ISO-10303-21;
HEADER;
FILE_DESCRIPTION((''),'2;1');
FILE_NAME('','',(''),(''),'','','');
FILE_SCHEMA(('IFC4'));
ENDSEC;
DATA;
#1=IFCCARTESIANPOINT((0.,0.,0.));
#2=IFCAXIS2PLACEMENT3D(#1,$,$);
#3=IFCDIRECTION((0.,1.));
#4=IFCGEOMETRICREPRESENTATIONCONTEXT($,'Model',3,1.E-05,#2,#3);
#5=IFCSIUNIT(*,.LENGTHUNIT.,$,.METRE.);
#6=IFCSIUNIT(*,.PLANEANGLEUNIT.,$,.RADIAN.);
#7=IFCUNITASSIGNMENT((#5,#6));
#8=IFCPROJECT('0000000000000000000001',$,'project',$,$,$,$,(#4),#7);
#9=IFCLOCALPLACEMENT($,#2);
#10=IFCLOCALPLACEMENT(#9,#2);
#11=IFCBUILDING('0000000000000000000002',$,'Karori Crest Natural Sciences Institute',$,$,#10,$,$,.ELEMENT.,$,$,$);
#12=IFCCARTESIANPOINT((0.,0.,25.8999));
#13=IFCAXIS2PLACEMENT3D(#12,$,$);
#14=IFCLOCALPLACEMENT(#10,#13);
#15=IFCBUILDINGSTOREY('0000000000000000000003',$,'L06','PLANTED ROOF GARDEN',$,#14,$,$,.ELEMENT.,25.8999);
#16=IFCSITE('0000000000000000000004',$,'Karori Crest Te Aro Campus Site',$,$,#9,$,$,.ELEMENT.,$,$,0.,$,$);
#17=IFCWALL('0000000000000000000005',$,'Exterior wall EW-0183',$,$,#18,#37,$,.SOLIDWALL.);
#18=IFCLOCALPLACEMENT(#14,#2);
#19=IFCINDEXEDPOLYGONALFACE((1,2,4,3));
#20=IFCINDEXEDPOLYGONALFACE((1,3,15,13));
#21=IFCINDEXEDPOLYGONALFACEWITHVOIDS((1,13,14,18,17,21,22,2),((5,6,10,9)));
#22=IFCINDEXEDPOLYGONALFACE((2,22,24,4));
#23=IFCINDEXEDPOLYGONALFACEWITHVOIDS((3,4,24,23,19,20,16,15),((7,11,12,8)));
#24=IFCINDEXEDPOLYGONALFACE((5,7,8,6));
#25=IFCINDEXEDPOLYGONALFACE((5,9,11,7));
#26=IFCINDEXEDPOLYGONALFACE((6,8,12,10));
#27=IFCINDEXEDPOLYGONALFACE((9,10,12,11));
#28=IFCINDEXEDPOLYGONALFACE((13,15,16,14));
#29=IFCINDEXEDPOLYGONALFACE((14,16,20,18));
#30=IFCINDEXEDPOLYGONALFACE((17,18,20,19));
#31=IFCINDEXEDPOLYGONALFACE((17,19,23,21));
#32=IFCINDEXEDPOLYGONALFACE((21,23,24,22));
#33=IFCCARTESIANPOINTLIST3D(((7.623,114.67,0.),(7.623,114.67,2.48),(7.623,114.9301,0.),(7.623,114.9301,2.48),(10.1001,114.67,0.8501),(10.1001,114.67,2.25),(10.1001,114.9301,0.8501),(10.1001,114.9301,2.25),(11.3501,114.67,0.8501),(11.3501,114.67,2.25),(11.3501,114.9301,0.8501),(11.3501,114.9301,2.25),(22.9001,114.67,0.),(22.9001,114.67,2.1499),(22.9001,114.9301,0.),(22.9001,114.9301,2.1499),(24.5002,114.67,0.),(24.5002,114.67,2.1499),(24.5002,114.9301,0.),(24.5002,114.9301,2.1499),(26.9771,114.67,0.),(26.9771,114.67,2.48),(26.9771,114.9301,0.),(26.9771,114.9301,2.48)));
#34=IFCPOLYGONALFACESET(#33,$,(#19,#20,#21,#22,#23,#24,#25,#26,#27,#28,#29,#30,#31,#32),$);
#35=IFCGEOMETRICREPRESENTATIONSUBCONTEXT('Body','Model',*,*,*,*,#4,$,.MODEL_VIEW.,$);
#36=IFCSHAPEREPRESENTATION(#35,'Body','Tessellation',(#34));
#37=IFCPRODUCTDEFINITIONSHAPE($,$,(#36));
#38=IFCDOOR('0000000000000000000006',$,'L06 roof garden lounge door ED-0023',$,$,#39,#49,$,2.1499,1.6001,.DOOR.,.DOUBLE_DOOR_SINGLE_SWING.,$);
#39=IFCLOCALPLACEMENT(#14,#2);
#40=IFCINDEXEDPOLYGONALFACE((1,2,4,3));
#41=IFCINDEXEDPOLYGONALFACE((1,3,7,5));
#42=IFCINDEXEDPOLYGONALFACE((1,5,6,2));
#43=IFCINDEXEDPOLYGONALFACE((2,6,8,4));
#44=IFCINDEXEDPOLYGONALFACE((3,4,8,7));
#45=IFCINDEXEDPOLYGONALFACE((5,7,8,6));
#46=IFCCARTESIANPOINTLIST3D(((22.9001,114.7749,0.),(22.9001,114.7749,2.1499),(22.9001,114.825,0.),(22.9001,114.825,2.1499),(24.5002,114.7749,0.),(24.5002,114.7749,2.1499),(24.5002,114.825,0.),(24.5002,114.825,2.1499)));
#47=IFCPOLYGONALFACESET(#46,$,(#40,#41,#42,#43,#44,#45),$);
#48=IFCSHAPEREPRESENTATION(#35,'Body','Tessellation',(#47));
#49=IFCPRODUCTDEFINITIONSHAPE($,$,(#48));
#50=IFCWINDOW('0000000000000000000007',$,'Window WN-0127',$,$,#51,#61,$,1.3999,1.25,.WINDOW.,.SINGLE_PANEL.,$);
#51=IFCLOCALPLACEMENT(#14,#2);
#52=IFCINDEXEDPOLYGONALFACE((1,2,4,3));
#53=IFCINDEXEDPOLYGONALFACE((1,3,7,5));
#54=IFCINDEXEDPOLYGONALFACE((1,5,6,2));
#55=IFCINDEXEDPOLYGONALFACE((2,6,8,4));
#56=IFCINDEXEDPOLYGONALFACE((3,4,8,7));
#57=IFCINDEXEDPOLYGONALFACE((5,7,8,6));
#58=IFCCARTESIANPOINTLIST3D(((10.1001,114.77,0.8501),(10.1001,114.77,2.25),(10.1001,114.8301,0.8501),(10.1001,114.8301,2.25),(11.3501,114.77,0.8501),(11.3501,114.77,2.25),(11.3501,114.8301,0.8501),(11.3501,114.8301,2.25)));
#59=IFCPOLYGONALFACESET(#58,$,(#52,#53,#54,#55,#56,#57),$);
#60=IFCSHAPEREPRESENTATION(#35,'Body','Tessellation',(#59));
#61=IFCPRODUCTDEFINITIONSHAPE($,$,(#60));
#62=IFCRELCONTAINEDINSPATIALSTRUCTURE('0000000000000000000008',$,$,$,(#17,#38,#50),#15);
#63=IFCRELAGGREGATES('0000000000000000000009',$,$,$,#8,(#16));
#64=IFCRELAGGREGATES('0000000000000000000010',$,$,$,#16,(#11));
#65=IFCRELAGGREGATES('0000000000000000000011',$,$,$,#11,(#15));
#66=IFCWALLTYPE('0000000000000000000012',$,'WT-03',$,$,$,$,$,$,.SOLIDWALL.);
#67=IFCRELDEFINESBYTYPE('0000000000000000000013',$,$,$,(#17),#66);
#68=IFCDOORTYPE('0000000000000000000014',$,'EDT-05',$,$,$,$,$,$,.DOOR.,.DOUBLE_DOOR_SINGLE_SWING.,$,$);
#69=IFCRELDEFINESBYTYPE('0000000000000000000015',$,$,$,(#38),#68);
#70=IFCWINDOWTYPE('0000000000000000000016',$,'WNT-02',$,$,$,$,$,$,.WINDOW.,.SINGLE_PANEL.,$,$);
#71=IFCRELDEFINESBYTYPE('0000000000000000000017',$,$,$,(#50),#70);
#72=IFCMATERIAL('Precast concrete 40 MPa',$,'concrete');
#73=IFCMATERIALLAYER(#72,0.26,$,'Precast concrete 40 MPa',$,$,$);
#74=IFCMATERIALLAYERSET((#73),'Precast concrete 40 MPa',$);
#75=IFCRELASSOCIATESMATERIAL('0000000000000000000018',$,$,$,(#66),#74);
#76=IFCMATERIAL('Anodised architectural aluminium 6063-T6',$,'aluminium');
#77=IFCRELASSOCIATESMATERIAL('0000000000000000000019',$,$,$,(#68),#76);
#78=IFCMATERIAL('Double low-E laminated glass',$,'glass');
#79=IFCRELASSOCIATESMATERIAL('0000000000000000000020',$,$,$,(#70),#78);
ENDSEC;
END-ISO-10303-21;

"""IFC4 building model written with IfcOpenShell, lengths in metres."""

from ifc_helpers import new_model, si_unit, direction, frame, frame_2d, origin, place, context, subcontext, project, spatial, rectangle, extrude, material, layer, layer_set, type_object, element, fill, save


model = new_model("IFC4")

# Units and contexts
model_context = context("Model", 3, precision=1e-05, world=origin(), true_north=direction((0.0, 1.0)))
body_context = subcontext(model_context, "Body", "Model", "MODEL_VIEW")
ifc_project = project(units=[si_unit("LENGTHUNIT", "METRE"), si_unit("PLANEANGLEUNIT", "RADIAN")], contexts=[model_context])

# Site, building, storey
site_placement = place(None, origin())
site = spatial("IfcSite", under=ifc_project, at=site_placement, Name="Karori Crest Te Aro Campus Site", CompositionType="ELEMENT", RefElevation=0.0)
building_placement = place(site_placement, origin())
building = spatial("IfcBuilding", under=site, at=building_placement, Name="Karori Crest Natural Sciences Institute", CompositionType="ELEMENT")
storey_placement = place(building_placement, frame((0.0, 0.0, 25.8999)))
storey = spatial("IfcBuildingStorey", under=building, at=storey_placement, Name="L06", Description="PLANTED ROOF GARDEN", CompositionType="ELEMENT", Elevation=25.8999)

# Wall, openings, door, window
ifc_material_1 = material(Name="Precast concrete 40 MPa", Category="concrete")
ifc_layer_1 = layer(ifc_material_1, 0.26, Name="Precast concrete 40 MPa")
ifc_layer_set_1 = layer_set([ifc_layer_1], Name="Precast concrete 40 MPa")
wall_type_1 = type_object("IfcWallType", Name="WT-03", PredefinedType="SOLIDWALL", material=ifc_layer_set_1)
wall_1_placement = place(storey_placement, frame((7.623, 114.8, 0.0), z_axis=(0.0, 0.0, 1.0), x_axis=(1.0, 0.0, 0.0)))
wall_1 = element("IfcWall", 1, at=wall_1_placement, inside=storey, type_object=wall_type_1, Name="Exterior wall EW-0183", PredefinedType="SOLIDWALL", context=body_context, shape_type="SweptSolid", body=[
    extrude(rectangle(XDim=19.354, YDim=0.26, at=frame_2d((9.677, 0.0))), origin(), (0.0, 0.0, 1.0), 2.48),
])
opening_1_placement = place(wall_1_placement, frame((15.2771, 0.0, 0.0)))
opening_1 = element("IfcOpeningElement", 2, at=opening_1_placement, cuts=wall_1, PredefinedType="OPENING", context=body_context, shape_type="SweptSolid", body=[
    extrude(rectangle(XDim=1.6001, YDim=2.1499, at=frame_2d((0.8, 1.075))), frame((0.0, 0.1401, 0.0), z_axis=(0.0, -1.0, 0.0), x_axis=(1.0, 0.0, 0.0)), (0.0, 0.0, 1.0), 0.28),
])
opening_2_placement = place(wall_1_placement, frame((2.4771, 0.0, 0.8501)))
opening_2 = element("IfcOpeningElement", 3, at=opening_2_placement, cuts=wall_1, PredefinedType="OPENING", context=body_context, shape_type="SweptSolid", body=[
    extrude(rectangle(XDim=1.25, YDim=1.3999, at=frame_2d((0.625, 0.7))), frame((0.0, 0.1401, 0.0), z_axis=(0.0, -1.0, 0.0), x_axis=(1.0, 0.0, 0.0)), (0.0, 0.0, 1.0), 0.28),
])
ifc_material_2 = material(Name="Anodised architectural aluminium 6063-T6", Category="aluminium")
door_type_1 = type_object("IfcDoorType", Name="EDT-05", OperationType="DOUBLE_DOOR_SINGLE_SWING", PredefinedType="DOOR", material=ifc_material_2)
door_1_placement = place(opening_1_placement, origin())
door_1 = element("IfcDoor", 4, at=door_1_placement, inside=storey, type_object=door_type_1, Name="L06 roof garden lounge door ED-0023", OperationType="DOUBLE_DOOR_SINGLE_SWING", OverallHeight=2.1499, OverallWidth=1.6001, PredefinedType="DOOR", context=body_context, shape_type="SweptSolid", body=[
    extrude(rectangle(XDim=1.6001, YDim=2.1499, at=frame_2d((0.8, 1.075))), frame((0.0, 0.0249, 0.0), z_axis=(0.0, -1.0, 0.0), x_axis=(1.0, 0.0, 0.0)), (0.0, 0.0, 1.0), 0.05),
])
fill(opening_1, door_1)
ifc_material_3 = material(Name="Double low-E laminated glass", Category="glass")
window_type = type_object("IfcWindowType", Name="WNT-02", PartitioningType="SINGLE_PANEL", PredefinedType="WINDOW", material=ifc_material_3)
window_placement = place(opening_2_placement, origin())
window = element("IfcWindow", 5, at=window_placement, inside=storey, type_object=window_type, Name="Window WN-0127", OverallHeight=1.3999, OverallWidth=1.25, PartitioningType="SINGLE_PANEL", PredefinedType="WINDOW", context=body_context, shape_type="SweptSolid", body=[
    extrude(rectangle(XDim=1.25, YDim=1.3999, at=frame_2d((0.625, 0.7))), frame((0.0, 0.03, 0.0), z_axis=(0.0, -1.0, 0.0), x_axis=(1.0, 0.0, 0.0)), (0.0, 0.0, 1.0), 0.0601),
])
fill(opening_2, window)

save(model, "model.ifc")
